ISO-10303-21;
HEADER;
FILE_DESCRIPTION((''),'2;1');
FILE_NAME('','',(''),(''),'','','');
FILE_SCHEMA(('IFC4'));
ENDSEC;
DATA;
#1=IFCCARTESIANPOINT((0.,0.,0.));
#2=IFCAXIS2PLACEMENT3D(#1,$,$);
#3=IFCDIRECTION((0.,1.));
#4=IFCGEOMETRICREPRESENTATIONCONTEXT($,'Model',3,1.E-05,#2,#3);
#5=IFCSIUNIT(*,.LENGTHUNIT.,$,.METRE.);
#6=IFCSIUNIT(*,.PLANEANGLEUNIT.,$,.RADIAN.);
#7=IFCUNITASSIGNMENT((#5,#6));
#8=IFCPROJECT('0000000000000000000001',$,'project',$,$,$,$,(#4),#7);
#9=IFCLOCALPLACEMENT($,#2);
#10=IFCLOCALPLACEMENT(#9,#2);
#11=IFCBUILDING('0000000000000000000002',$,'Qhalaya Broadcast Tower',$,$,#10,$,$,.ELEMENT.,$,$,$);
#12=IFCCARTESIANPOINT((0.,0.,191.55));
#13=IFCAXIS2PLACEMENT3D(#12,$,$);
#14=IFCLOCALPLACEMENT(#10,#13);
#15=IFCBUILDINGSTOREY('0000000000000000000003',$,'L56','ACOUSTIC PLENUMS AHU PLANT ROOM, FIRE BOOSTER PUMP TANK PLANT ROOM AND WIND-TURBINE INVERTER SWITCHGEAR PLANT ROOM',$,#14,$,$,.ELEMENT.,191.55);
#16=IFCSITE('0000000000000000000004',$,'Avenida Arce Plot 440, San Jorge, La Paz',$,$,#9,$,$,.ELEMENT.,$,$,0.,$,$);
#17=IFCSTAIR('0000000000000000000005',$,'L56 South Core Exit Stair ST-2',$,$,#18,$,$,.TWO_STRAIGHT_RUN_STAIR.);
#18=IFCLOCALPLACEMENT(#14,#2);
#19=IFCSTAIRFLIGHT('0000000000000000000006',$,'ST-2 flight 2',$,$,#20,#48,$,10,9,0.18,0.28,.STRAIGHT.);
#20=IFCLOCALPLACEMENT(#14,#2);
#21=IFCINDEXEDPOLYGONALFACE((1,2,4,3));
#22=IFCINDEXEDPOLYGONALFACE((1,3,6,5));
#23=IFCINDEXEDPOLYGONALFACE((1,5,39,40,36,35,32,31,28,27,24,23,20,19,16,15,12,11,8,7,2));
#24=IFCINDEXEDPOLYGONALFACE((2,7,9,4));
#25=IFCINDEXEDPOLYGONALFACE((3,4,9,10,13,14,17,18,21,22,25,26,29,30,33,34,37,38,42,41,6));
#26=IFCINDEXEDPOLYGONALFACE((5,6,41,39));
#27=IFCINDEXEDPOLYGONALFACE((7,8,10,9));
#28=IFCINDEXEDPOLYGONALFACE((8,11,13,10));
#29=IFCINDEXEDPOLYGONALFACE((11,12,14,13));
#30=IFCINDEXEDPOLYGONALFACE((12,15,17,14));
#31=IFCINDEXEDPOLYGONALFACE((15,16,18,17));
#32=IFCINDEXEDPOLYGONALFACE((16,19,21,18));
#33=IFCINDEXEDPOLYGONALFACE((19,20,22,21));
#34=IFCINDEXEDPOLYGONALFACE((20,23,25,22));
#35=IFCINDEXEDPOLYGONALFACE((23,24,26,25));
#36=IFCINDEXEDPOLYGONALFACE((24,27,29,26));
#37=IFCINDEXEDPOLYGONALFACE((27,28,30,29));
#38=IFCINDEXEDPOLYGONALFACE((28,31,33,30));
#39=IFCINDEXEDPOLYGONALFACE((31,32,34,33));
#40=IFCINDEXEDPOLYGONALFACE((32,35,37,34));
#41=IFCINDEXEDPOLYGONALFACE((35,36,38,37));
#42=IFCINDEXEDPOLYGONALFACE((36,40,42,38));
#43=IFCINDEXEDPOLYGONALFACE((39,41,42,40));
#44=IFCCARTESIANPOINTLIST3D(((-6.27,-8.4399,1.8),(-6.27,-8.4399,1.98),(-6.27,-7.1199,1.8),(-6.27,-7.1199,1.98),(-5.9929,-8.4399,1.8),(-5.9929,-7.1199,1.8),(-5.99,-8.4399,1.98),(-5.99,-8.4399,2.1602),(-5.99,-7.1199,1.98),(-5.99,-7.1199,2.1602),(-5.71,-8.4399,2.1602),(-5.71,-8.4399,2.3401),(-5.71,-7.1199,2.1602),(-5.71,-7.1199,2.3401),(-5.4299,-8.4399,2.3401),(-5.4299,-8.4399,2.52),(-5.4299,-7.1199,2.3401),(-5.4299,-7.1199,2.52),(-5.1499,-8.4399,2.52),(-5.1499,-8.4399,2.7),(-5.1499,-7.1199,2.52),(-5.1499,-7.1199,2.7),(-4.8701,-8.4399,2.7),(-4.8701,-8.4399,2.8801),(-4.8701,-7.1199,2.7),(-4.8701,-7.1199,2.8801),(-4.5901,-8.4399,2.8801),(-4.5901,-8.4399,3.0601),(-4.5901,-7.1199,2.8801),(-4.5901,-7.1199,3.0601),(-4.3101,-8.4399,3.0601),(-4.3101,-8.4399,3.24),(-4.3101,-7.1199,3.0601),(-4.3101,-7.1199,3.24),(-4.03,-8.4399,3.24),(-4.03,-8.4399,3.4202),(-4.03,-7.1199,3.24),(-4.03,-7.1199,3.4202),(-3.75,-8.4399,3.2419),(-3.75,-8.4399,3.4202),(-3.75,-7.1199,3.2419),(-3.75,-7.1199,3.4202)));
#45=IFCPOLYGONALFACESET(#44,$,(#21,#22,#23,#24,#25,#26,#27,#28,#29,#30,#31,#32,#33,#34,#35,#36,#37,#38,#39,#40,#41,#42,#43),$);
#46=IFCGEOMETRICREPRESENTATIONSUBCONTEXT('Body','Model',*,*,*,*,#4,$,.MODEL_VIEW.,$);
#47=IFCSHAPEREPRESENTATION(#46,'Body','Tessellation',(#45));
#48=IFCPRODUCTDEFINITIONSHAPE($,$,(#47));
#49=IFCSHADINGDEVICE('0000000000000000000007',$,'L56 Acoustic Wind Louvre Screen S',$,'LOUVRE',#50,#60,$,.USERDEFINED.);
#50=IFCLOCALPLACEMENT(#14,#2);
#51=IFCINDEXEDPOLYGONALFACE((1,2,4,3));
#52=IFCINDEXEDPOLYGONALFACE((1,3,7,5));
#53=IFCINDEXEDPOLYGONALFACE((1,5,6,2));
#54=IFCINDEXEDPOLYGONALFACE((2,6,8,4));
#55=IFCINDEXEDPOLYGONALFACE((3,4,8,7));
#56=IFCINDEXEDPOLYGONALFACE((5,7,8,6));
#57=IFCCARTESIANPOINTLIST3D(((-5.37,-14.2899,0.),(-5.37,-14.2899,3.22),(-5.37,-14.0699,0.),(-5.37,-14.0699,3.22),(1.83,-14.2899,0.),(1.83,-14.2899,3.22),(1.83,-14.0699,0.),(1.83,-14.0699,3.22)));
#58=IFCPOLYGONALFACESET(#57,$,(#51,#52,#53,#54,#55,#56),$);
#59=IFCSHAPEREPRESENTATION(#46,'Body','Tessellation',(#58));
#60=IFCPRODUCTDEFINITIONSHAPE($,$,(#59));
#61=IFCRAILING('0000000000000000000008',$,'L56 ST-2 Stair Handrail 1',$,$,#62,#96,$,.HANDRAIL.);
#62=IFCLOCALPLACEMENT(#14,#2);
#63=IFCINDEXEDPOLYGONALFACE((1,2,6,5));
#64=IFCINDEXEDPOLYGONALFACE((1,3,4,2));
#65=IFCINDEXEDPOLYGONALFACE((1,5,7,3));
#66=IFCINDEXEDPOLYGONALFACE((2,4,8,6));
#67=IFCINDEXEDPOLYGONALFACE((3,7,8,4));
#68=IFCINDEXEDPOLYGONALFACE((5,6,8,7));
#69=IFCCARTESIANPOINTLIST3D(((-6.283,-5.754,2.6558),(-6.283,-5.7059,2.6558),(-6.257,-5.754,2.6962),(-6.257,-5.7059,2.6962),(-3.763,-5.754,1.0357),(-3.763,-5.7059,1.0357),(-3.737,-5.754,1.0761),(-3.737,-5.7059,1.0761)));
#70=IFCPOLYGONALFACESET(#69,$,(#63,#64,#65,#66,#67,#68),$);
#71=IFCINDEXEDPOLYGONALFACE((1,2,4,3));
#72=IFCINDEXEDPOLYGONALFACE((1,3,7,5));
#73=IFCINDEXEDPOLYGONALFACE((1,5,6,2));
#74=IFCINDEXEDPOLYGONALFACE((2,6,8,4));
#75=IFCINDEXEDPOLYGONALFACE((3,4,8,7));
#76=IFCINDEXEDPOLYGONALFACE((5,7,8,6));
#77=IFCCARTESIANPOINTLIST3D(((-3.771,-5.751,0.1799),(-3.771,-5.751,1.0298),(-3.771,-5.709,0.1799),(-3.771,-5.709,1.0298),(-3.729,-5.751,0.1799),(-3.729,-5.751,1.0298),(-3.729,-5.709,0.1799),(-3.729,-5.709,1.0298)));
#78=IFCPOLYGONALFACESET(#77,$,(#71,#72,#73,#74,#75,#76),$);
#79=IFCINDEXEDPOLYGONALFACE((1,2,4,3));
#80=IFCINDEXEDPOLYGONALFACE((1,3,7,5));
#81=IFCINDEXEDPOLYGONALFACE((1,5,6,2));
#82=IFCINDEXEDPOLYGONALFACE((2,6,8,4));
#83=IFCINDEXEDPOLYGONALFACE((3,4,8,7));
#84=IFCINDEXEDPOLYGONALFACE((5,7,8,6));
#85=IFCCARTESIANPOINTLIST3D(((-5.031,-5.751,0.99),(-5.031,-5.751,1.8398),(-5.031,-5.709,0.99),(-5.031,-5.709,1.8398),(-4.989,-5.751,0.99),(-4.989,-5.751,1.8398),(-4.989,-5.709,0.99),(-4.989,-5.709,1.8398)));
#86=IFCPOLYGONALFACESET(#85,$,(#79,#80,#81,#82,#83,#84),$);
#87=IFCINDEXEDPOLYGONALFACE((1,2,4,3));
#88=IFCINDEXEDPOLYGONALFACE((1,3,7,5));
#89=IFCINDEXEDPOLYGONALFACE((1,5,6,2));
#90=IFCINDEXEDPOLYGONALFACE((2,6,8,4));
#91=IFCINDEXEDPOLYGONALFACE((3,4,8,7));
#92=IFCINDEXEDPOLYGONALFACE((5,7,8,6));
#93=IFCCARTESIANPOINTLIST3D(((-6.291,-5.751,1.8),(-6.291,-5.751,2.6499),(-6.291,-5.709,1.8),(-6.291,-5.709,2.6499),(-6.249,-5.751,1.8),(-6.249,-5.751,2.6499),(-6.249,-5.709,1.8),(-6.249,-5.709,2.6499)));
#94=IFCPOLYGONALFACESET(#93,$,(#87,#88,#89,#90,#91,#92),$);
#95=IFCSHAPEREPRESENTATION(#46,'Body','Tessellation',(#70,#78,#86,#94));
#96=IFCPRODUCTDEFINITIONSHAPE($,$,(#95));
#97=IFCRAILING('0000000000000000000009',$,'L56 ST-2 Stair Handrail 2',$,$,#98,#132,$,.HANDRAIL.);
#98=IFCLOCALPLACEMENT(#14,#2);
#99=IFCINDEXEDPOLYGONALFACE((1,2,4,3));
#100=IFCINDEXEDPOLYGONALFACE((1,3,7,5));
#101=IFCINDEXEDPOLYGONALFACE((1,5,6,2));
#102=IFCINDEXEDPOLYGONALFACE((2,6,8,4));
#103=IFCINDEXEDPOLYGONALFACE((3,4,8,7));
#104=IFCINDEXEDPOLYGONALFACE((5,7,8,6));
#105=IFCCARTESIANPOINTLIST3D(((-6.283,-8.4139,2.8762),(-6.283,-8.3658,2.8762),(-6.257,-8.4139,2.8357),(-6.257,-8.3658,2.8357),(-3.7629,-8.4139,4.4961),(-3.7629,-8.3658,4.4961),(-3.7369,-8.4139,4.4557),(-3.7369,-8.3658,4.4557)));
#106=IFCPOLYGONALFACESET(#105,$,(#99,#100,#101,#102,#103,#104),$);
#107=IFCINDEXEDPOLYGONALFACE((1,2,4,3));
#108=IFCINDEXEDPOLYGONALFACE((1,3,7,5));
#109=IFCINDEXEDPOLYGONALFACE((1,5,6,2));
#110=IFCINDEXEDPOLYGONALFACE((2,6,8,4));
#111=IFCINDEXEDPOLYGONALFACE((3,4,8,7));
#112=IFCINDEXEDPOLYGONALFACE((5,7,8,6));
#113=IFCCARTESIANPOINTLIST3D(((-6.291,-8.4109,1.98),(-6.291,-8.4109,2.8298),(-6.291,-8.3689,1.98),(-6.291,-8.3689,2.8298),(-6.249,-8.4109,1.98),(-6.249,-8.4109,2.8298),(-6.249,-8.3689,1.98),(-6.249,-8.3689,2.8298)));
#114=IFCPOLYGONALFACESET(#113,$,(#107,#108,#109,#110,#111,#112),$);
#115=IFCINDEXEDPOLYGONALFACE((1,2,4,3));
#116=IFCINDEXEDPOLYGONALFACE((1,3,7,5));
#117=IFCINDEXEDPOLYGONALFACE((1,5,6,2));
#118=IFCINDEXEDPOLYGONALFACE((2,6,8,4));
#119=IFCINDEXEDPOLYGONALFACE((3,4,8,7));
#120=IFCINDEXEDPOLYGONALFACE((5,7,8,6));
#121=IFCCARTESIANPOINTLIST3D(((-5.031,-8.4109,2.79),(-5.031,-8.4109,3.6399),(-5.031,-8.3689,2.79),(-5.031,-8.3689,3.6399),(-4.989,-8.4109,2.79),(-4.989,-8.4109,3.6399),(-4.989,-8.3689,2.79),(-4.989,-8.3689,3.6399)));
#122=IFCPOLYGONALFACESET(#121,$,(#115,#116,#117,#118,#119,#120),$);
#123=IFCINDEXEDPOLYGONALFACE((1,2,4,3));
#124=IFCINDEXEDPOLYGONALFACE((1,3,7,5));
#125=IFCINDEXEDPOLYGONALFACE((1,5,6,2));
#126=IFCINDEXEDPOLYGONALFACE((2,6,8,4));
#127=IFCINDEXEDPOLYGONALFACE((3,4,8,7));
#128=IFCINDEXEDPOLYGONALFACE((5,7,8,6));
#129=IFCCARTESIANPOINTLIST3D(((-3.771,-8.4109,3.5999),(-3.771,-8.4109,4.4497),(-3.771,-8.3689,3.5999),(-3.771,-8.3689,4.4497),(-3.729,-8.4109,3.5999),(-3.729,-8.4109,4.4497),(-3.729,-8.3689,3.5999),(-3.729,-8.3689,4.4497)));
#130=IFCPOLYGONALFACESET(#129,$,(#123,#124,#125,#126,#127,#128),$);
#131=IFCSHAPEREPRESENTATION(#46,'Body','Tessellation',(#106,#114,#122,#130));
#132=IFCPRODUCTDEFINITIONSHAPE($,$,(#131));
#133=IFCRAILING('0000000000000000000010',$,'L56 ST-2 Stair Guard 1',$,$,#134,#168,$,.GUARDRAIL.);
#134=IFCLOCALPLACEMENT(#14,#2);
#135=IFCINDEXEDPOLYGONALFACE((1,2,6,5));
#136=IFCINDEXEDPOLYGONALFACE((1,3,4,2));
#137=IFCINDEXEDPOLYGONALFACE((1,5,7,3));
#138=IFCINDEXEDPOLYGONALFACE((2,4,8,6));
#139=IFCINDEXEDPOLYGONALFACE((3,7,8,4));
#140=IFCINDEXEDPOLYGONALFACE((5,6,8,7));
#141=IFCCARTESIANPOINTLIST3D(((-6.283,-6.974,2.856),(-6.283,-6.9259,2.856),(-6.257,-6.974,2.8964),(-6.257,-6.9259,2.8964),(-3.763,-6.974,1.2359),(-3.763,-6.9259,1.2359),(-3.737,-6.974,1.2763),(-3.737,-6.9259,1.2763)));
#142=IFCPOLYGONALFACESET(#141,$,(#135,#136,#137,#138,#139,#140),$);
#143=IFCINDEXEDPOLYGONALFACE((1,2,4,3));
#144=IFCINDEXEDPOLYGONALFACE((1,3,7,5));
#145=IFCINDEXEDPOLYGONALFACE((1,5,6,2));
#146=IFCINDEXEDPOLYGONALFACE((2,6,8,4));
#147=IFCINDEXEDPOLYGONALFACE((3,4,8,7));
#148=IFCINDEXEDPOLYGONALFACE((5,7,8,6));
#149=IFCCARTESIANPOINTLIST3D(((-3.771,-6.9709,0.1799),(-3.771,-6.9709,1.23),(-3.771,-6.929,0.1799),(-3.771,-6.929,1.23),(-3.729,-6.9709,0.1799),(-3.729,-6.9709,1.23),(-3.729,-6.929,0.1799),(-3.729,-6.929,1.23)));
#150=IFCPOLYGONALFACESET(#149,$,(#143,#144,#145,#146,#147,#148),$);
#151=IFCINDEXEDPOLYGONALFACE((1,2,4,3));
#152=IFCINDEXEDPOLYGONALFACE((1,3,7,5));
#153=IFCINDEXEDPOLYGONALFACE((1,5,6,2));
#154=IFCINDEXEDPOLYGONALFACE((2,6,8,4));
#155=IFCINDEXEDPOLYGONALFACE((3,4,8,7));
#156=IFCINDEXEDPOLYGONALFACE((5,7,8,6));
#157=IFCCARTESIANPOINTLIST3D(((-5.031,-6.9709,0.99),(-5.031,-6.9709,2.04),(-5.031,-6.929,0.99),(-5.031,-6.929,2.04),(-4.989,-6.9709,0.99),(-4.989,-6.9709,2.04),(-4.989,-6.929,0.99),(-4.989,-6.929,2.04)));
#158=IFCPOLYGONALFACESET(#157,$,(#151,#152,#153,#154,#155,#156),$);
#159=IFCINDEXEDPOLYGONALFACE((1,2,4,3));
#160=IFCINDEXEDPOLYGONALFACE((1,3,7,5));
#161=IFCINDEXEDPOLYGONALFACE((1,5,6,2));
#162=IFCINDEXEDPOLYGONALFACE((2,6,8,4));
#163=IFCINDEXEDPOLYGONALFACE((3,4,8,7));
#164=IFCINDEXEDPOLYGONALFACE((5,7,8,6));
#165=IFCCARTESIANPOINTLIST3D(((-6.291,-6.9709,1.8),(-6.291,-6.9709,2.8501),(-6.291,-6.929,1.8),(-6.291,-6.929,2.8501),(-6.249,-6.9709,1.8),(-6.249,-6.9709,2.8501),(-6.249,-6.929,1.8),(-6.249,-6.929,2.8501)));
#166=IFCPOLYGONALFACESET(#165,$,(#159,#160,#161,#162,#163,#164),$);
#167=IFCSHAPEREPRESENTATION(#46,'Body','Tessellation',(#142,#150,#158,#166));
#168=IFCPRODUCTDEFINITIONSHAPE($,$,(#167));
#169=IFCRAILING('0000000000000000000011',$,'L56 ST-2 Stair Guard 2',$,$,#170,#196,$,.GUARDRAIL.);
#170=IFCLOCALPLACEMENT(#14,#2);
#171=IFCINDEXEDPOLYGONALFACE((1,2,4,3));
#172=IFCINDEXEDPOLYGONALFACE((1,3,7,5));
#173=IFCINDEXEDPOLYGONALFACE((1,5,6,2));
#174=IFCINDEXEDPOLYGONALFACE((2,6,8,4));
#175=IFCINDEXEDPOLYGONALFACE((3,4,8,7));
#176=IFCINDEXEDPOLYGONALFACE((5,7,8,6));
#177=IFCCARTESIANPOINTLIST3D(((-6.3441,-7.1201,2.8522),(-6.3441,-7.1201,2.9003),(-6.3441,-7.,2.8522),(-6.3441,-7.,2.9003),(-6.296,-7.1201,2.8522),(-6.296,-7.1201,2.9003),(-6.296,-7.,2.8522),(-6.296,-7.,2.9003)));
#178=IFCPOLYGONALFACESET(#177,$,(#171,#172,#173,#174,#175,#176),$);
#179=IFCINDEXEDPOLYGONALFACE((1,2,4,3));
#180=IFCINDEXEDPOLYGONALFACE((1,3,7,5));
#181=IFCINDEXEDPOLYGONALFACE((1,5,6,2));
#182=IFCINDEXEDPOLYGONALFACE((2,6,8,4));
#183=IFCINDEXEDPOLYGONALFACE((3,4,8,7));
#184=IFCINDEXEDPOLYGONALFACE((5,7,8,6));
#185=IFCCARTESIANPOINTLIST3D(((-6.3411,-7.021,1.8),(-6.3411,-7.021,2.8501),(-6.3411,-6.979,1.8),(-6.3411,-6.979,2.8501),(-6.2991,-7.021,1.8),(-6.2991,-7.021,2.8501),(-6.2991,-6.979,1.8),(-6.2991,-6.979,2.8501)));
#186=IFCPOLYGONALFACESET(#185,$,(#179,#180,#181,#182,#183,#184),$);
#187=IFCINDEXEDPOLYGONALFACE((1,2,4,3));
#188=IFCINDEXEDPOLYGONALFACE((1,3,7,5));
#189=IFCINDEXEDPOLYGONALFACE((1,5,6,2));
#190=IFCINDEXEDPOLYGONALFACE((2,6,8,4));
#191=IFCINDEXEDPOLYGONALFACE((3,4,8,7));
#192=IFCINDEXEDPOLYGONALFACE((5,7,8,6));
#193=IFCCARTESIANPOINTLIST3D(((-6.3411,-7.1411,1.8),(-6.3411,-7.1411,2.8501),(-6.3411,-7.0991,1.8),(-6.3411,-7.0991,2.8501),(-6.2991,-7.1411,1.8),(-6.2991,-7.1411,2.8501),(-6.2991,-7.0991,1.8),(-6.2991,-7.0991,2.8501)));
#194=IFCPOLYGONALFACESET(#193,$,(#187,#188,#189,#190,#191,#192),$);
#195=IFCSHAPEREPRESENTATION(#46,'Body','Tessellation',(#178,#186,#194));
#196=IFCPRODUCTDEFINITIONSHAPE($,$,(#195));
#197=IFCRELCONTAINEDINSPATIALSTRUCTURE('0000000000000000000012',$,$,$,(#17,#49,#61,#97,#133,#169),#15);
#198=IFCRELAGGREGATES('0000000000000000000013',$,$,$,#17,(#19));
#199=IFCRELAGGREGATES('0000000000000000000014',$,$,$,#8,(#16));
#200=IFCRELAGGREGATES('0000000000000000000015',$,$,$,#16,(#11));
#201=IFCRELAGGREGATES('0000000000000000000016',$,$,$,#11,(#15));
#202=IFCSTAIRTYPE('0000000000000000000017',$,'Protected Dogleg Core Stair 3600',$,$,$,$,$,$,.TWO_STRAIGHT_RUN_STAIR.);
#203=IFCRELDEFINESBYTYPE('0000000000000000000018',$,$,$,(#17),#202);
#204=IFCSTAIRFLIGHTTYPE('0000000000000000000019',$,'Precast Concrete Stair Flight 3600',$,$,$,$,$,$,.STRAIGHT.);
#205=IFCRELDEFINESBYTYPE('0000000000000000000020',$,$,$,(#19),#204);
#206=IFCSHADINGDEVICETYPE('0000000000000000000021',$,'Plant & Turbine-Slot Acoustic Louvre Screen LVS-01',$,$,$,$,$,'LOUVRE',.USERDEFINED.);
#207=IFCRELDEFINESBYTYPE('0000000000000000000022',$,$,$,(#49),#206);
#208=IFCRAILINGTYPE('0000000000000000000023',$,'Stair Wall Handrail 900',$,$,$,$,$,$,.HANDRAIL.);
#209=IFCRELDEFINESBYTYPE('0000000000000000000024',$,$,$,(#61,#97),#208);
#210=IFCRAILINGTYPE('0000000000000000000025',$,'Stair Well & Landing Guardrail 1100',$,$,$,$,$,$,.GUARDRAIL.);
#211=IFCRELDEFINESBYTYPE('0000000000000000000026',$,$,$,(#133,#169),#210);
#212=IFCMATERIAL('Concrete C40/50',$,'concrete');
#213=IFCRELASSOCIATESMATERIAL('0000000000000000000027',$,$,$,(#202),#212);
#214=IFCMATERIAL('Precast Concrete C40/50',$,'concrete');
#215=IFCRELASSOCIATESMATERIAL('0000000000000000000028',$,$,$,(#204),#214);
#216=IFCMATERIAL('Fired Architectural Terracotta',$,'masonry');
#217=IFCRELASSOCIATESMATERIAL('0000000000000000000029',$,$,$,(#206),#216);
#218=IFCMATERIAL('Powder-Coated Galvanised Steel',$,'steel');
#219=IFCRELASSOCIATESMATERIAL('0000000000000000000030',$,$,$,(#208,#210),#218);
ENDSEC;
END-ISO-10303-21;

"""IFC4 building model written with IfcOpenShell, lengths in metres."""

from ifc_helpers import new_model, si_unit, direction, frame, origin, origin_2d, place, context, subcontext, project, spatial, polyline, rectangle, outline, extrude, material, type_object, element, aggregate, save


model = new_model("IFC4")

# Units and contexts
model_context = context("Model", 3, precision=1e-05, world=origin(), true_north=direction((0.0, 1.0)))
body_context = subcontext(model_context, "Body", "Model", "MODEL_VIEW")
ifc_project = project(units=[si_unit("LENGTHUNIT", "METRE"), si_unit("PLANEANGLEUNIT", "RADIAN")], contexts=[model_context])

# Site, building, storey
site_placement = place(None, origin())
site = spatial("IfcSite", under=ifc_project, at=site_placement, Name="Avenida Arce Plot 440, San Jorge, La Paz", CompositionType="ELEMENT", RefElevation=0.0)
building_placement = place(site_placement, origin())
building = spatial("IfcBuilding", under=site, at=building_placement, Name="Qhalaya Broadcast Tower", CompositionType="ELEMENT")
storey_placement = place(building_placement, frame((0.0, 0.0, 191.55)))
storey = spatial("IfcBuildingStorey", under=building, at=storey_placement, Name="L56", Description="ACOUSTIC PLENUMS AHU PLANT ROOM, FIRE BOOSTER PUMP TANK PLANT ROOM AND WIND-TURBINE INVERTER SWITCHGEAR PLANT ROOM", CompositionType="ELEMENT", Elevation=191.55)

# Stair, stair flight
ifc_material_1 = material(Name="Concrete C40/50", Category="concrete")
stair_type = type_object("IfcStairType", Name="Protected Dogleg Core Stair 3600", PredefinedType="TWO_STRAIGHT_RUN_STAIR", material=ifc_material_1)
stair_placement = place(storey_placement, origin())
stair = element("IfcStair", 1, at=stair_placement, inside=storey, type_object=stair_type, Name="L56 South Core Exit Stair ST-2", PredefinedType="TWO_STRAIGHT_RUN_STAIR")
ifc_material_2 = material(Name="Precast Concrete C40/50", Category="concrete")
stair_flight_type = type_object("IfcStairFlightType", Name="Precast Concrete Stair Flight 3600", PredefinedType="STRAIGHT", material=ifc_material_2)
stair_flight_1_placement = place(storey_placement, frame((-6.27, -7.78, 1.8), z_axis=(0.0, 0.0, 1.0), x_axis=(1.0, 0.0, 0.0)))
stair_flight_1 = element("IfcStairFlight", 2, at=stair_flight_1_placement, type_object=stair_flight_type, Name="ST-2 flight 2", NumberOfRisers=10, NumberOfTreads=9, PredefinedType="STRAIGHT", RiserHeight=0.18, TreadLength=0.28, context=body_context, shape_type="SweptSolid", body=[
    extrude(outline(polyline([(0.0, 0.0), (0.0, 0.1799), (0.28, 0.1799), (0.28, 0.3601), (0.5601, 0.3601), (0.5601, 0.54), (0.8401, 0.54), (0.8401, 0.72), (1.1201, 0.72), (1.1201, 0.8999), (1.3999, 0.8999), (1.3999, 1.0801), (1.6799, 1.0801), (1.6799, 1.26), (1.96, 1.26), (1.96, 1.4399), (2.24, 1.4399), (2.24, 1.6201), (2.52, 1.6201), (2.52, 1.8), (2.52, 1.4419), (0.2771, 0.0), (0.0, 0.0)])), frame((0.0, 0.6602, 0.0), z_axis=(0.0, -1.0, 0.0), x_axis=(1.0, 0.0, 0.0)), (0.0, 0.0, 1.0), 1.3201),
])
aggregate(stair, [stair_flight_1])

# Shading device
ifc_material_3 = material(Name="Fired Architectural Terracotta", Category="masonry")
shading_device_type = type_object("IfcShadingDeviceType", Name="Plant & Turbine-Slot Acoustic Louvre Screen LVS-01", ElementType="LOUVRE", PredefinedType="USERDEFINED", material=ifc_material_3)
shading_device_placement = place(storey_placement, frame((-1.77, -14.1799, 0.0), z_axis=(0.0, 0.0, 1.0), x_axis=(1.0, 0.0, 0.0)))
element("IfcShadingDevice", 3, at=shading_device_placement, inside=storey, type_object=shading_device_type, Name="L56 Acoustic Wind Louvre Screen S", ObjectType="LOUVRE", PredefinedType="USERDEFINED", context=body_context, shape_type="SweptSolid", body=[
    extrude(rectangle(XDim=7.2, YDim=0.22, at=origin_2d()), origin(), (0.0, 0.0, 1.0), 3.22),
])

# Railings
ifc_material_4 = material(Name="Powder-Coated Galvanised Steel", Category="steel")
railing_type_1 = type_object("IfcRailingType", Name="Stair Wall Handrail 900", PredefinedType="HANDRAIL", material=ifc_material_4)
railing_1_placement = place(storey_placement, frame((-3.75, -5.73, 0.1799)))
element("IfcRailing", 4, at=railing_1_placement, inside=storey, type_object=railing_type_1, Name="L56 ST-2 Stair Handrail 1", PredefinedType="HANDRAIL", context=body_context, shape_type="SweptSolid", body=[
    extrude(rectangle(XDim=0.0481, YDim=0.0481, at=origin_2d()), frame((0.0, 0.0, 0.876), z_axis=(-0.841163, 0.0, 0.540782), x_axis=(0.0, -1.0, 0.0)), (0.0, 0.0, 1.0), 2.9958),
    extrude(rectangle(XDim=0.042, YDim=0.042, at=origin_2d()), origin(), (0.0, 0.0, 1.0), 0.8499),
    extrude(rectangle(XDim=0.042, YDim=0.042, at=origin_2d()), frame((-1.26, 0.0, 0.8101)), (0.0, 0.0, 1.0), 0.8499),
    extrude(rectangle(XDim=0.042, YDim=0.042, at=origin_2d()), frame((-2.52, 0.0, 1.6201)), (0.0, 0.0, 1.0), 0.8499),
])
railing_2_placement = place(storey_placement, frame((-6.27, -8.3899, 1.98)))
element("IfcRailing", 5, at=railing_2_placement, inside=storey, type_object=railing_type_1, Name="L56 ST-2 Stair Handrail 2", PredefinedType="HANDRAIL", context=body_context, shape_type="SweptSolid", body=[
    extrude(rectangle(XDim=0.0481, YDim=0.0481, at=origin_2d()), frame((0.0, 0.0, 0.876), z_axis=(0.8412, 0.0, 0.540725), x_axis=(0.0, 1.0, 0.0)), (0.0, 0.0, 1.0), 2.9958),
    extrude(rectangle(XDim=0.042, YDim=0.042, at=origin_2d()), origin(), (0.0, 0.0, 1.0), 0.8499),
    extrude(rectangle(XDim=0.042, YDim=0.042, at=origin_2d()), frame((1.26, 0.0, 0.8101)), (0.0, 0.0, 1.0), 0.8499),
    extrude(rectangle(XDim=0.042, YDim=0.042, at=origin_2d()), frame((2.52, 0.0, 1.6199)), (0.0, 0.0, 1.0), 0.8499),
])
railing_type_2 = type_object("IfcRailingType", Name="Stair Well & Landing Guardrail 1100", PredefinedType="GUARDRAIL", material=ifc_material_4)
railing_3_placement = place(storey_placement, frame((-3.75, -6.95, 0.1799)))
element("IfcRailing", 6, at=railing_3_placement, inside=storey, type_object=railing_type_2, Name="L56 ST-2 Stair Guard 1", PredefinedType="GUARDRAIL", context=body_context, shape_type="SweptSolid", body=[
    extrude(rectangle(XDim=0.0481, YDim=0.0481, at=origin_2d()), frame((0.0, 0.0, 1.0762), z_axis=(-0.841163, 0.0, 0.540782), x_axis=(0.0, -1.0, 0.0)), (0.0, 0.0, 1.0), 2.9958),
    extrude(rectangle(XDim=0.042, YDim=0.042, at=origin_2d()), origin(), (0.0, 0.0, 1.0), 1.05),
    extrude(rectangle(XDim=0.042, YDim=0.042, at=origin_2d()), frame((-1.26, 0.0, 0.8101)), (0.0, 0.0, 1.0), 1.05),
    extrude(rectangle(XDim=0.042, YDim=0.042, at=origin_2d()), frame((-2.52, 0.0, 1.6201)), (0.0, 0.0, 1.0), 1.05),
])
railing_4_placement = place(storey_placement, frame((-6.3201, -7.0, 1.8)))
element("IfcRailing", 7, at=railing_4_placement, inside=storey, type_object=railing_type_2, Name="L56 ST-2 Stair Guard 2", PredefinedType="GUARDRAIL", context=body_context, shape_type="SweptSolid", body=[
    extrude(rectangle(XDim=0.0481, YDim=0.0481, at=origin_2d()), frame((0.0, 0.0, 1.0762), z_axis=(0.0, -1.0, 0.0), x_axis=(1.0, 0.0, 0.0)), (0.0, 0.0, 1.0), 0.1201),
    extrude(rectangle(XDim=0.042, YDim=0.042, at=origin_2d()), origin(), (0.0, 0.0, 1.0), 1.05),
    extrude(rectangle(XDim=0.042, YDim=0.042, at=origin_2d()), frame((0.0, -0.1201, 0.0)), (0.0, 0.0, 1.0), 1.05),
])

save(model, "model.ifc")
